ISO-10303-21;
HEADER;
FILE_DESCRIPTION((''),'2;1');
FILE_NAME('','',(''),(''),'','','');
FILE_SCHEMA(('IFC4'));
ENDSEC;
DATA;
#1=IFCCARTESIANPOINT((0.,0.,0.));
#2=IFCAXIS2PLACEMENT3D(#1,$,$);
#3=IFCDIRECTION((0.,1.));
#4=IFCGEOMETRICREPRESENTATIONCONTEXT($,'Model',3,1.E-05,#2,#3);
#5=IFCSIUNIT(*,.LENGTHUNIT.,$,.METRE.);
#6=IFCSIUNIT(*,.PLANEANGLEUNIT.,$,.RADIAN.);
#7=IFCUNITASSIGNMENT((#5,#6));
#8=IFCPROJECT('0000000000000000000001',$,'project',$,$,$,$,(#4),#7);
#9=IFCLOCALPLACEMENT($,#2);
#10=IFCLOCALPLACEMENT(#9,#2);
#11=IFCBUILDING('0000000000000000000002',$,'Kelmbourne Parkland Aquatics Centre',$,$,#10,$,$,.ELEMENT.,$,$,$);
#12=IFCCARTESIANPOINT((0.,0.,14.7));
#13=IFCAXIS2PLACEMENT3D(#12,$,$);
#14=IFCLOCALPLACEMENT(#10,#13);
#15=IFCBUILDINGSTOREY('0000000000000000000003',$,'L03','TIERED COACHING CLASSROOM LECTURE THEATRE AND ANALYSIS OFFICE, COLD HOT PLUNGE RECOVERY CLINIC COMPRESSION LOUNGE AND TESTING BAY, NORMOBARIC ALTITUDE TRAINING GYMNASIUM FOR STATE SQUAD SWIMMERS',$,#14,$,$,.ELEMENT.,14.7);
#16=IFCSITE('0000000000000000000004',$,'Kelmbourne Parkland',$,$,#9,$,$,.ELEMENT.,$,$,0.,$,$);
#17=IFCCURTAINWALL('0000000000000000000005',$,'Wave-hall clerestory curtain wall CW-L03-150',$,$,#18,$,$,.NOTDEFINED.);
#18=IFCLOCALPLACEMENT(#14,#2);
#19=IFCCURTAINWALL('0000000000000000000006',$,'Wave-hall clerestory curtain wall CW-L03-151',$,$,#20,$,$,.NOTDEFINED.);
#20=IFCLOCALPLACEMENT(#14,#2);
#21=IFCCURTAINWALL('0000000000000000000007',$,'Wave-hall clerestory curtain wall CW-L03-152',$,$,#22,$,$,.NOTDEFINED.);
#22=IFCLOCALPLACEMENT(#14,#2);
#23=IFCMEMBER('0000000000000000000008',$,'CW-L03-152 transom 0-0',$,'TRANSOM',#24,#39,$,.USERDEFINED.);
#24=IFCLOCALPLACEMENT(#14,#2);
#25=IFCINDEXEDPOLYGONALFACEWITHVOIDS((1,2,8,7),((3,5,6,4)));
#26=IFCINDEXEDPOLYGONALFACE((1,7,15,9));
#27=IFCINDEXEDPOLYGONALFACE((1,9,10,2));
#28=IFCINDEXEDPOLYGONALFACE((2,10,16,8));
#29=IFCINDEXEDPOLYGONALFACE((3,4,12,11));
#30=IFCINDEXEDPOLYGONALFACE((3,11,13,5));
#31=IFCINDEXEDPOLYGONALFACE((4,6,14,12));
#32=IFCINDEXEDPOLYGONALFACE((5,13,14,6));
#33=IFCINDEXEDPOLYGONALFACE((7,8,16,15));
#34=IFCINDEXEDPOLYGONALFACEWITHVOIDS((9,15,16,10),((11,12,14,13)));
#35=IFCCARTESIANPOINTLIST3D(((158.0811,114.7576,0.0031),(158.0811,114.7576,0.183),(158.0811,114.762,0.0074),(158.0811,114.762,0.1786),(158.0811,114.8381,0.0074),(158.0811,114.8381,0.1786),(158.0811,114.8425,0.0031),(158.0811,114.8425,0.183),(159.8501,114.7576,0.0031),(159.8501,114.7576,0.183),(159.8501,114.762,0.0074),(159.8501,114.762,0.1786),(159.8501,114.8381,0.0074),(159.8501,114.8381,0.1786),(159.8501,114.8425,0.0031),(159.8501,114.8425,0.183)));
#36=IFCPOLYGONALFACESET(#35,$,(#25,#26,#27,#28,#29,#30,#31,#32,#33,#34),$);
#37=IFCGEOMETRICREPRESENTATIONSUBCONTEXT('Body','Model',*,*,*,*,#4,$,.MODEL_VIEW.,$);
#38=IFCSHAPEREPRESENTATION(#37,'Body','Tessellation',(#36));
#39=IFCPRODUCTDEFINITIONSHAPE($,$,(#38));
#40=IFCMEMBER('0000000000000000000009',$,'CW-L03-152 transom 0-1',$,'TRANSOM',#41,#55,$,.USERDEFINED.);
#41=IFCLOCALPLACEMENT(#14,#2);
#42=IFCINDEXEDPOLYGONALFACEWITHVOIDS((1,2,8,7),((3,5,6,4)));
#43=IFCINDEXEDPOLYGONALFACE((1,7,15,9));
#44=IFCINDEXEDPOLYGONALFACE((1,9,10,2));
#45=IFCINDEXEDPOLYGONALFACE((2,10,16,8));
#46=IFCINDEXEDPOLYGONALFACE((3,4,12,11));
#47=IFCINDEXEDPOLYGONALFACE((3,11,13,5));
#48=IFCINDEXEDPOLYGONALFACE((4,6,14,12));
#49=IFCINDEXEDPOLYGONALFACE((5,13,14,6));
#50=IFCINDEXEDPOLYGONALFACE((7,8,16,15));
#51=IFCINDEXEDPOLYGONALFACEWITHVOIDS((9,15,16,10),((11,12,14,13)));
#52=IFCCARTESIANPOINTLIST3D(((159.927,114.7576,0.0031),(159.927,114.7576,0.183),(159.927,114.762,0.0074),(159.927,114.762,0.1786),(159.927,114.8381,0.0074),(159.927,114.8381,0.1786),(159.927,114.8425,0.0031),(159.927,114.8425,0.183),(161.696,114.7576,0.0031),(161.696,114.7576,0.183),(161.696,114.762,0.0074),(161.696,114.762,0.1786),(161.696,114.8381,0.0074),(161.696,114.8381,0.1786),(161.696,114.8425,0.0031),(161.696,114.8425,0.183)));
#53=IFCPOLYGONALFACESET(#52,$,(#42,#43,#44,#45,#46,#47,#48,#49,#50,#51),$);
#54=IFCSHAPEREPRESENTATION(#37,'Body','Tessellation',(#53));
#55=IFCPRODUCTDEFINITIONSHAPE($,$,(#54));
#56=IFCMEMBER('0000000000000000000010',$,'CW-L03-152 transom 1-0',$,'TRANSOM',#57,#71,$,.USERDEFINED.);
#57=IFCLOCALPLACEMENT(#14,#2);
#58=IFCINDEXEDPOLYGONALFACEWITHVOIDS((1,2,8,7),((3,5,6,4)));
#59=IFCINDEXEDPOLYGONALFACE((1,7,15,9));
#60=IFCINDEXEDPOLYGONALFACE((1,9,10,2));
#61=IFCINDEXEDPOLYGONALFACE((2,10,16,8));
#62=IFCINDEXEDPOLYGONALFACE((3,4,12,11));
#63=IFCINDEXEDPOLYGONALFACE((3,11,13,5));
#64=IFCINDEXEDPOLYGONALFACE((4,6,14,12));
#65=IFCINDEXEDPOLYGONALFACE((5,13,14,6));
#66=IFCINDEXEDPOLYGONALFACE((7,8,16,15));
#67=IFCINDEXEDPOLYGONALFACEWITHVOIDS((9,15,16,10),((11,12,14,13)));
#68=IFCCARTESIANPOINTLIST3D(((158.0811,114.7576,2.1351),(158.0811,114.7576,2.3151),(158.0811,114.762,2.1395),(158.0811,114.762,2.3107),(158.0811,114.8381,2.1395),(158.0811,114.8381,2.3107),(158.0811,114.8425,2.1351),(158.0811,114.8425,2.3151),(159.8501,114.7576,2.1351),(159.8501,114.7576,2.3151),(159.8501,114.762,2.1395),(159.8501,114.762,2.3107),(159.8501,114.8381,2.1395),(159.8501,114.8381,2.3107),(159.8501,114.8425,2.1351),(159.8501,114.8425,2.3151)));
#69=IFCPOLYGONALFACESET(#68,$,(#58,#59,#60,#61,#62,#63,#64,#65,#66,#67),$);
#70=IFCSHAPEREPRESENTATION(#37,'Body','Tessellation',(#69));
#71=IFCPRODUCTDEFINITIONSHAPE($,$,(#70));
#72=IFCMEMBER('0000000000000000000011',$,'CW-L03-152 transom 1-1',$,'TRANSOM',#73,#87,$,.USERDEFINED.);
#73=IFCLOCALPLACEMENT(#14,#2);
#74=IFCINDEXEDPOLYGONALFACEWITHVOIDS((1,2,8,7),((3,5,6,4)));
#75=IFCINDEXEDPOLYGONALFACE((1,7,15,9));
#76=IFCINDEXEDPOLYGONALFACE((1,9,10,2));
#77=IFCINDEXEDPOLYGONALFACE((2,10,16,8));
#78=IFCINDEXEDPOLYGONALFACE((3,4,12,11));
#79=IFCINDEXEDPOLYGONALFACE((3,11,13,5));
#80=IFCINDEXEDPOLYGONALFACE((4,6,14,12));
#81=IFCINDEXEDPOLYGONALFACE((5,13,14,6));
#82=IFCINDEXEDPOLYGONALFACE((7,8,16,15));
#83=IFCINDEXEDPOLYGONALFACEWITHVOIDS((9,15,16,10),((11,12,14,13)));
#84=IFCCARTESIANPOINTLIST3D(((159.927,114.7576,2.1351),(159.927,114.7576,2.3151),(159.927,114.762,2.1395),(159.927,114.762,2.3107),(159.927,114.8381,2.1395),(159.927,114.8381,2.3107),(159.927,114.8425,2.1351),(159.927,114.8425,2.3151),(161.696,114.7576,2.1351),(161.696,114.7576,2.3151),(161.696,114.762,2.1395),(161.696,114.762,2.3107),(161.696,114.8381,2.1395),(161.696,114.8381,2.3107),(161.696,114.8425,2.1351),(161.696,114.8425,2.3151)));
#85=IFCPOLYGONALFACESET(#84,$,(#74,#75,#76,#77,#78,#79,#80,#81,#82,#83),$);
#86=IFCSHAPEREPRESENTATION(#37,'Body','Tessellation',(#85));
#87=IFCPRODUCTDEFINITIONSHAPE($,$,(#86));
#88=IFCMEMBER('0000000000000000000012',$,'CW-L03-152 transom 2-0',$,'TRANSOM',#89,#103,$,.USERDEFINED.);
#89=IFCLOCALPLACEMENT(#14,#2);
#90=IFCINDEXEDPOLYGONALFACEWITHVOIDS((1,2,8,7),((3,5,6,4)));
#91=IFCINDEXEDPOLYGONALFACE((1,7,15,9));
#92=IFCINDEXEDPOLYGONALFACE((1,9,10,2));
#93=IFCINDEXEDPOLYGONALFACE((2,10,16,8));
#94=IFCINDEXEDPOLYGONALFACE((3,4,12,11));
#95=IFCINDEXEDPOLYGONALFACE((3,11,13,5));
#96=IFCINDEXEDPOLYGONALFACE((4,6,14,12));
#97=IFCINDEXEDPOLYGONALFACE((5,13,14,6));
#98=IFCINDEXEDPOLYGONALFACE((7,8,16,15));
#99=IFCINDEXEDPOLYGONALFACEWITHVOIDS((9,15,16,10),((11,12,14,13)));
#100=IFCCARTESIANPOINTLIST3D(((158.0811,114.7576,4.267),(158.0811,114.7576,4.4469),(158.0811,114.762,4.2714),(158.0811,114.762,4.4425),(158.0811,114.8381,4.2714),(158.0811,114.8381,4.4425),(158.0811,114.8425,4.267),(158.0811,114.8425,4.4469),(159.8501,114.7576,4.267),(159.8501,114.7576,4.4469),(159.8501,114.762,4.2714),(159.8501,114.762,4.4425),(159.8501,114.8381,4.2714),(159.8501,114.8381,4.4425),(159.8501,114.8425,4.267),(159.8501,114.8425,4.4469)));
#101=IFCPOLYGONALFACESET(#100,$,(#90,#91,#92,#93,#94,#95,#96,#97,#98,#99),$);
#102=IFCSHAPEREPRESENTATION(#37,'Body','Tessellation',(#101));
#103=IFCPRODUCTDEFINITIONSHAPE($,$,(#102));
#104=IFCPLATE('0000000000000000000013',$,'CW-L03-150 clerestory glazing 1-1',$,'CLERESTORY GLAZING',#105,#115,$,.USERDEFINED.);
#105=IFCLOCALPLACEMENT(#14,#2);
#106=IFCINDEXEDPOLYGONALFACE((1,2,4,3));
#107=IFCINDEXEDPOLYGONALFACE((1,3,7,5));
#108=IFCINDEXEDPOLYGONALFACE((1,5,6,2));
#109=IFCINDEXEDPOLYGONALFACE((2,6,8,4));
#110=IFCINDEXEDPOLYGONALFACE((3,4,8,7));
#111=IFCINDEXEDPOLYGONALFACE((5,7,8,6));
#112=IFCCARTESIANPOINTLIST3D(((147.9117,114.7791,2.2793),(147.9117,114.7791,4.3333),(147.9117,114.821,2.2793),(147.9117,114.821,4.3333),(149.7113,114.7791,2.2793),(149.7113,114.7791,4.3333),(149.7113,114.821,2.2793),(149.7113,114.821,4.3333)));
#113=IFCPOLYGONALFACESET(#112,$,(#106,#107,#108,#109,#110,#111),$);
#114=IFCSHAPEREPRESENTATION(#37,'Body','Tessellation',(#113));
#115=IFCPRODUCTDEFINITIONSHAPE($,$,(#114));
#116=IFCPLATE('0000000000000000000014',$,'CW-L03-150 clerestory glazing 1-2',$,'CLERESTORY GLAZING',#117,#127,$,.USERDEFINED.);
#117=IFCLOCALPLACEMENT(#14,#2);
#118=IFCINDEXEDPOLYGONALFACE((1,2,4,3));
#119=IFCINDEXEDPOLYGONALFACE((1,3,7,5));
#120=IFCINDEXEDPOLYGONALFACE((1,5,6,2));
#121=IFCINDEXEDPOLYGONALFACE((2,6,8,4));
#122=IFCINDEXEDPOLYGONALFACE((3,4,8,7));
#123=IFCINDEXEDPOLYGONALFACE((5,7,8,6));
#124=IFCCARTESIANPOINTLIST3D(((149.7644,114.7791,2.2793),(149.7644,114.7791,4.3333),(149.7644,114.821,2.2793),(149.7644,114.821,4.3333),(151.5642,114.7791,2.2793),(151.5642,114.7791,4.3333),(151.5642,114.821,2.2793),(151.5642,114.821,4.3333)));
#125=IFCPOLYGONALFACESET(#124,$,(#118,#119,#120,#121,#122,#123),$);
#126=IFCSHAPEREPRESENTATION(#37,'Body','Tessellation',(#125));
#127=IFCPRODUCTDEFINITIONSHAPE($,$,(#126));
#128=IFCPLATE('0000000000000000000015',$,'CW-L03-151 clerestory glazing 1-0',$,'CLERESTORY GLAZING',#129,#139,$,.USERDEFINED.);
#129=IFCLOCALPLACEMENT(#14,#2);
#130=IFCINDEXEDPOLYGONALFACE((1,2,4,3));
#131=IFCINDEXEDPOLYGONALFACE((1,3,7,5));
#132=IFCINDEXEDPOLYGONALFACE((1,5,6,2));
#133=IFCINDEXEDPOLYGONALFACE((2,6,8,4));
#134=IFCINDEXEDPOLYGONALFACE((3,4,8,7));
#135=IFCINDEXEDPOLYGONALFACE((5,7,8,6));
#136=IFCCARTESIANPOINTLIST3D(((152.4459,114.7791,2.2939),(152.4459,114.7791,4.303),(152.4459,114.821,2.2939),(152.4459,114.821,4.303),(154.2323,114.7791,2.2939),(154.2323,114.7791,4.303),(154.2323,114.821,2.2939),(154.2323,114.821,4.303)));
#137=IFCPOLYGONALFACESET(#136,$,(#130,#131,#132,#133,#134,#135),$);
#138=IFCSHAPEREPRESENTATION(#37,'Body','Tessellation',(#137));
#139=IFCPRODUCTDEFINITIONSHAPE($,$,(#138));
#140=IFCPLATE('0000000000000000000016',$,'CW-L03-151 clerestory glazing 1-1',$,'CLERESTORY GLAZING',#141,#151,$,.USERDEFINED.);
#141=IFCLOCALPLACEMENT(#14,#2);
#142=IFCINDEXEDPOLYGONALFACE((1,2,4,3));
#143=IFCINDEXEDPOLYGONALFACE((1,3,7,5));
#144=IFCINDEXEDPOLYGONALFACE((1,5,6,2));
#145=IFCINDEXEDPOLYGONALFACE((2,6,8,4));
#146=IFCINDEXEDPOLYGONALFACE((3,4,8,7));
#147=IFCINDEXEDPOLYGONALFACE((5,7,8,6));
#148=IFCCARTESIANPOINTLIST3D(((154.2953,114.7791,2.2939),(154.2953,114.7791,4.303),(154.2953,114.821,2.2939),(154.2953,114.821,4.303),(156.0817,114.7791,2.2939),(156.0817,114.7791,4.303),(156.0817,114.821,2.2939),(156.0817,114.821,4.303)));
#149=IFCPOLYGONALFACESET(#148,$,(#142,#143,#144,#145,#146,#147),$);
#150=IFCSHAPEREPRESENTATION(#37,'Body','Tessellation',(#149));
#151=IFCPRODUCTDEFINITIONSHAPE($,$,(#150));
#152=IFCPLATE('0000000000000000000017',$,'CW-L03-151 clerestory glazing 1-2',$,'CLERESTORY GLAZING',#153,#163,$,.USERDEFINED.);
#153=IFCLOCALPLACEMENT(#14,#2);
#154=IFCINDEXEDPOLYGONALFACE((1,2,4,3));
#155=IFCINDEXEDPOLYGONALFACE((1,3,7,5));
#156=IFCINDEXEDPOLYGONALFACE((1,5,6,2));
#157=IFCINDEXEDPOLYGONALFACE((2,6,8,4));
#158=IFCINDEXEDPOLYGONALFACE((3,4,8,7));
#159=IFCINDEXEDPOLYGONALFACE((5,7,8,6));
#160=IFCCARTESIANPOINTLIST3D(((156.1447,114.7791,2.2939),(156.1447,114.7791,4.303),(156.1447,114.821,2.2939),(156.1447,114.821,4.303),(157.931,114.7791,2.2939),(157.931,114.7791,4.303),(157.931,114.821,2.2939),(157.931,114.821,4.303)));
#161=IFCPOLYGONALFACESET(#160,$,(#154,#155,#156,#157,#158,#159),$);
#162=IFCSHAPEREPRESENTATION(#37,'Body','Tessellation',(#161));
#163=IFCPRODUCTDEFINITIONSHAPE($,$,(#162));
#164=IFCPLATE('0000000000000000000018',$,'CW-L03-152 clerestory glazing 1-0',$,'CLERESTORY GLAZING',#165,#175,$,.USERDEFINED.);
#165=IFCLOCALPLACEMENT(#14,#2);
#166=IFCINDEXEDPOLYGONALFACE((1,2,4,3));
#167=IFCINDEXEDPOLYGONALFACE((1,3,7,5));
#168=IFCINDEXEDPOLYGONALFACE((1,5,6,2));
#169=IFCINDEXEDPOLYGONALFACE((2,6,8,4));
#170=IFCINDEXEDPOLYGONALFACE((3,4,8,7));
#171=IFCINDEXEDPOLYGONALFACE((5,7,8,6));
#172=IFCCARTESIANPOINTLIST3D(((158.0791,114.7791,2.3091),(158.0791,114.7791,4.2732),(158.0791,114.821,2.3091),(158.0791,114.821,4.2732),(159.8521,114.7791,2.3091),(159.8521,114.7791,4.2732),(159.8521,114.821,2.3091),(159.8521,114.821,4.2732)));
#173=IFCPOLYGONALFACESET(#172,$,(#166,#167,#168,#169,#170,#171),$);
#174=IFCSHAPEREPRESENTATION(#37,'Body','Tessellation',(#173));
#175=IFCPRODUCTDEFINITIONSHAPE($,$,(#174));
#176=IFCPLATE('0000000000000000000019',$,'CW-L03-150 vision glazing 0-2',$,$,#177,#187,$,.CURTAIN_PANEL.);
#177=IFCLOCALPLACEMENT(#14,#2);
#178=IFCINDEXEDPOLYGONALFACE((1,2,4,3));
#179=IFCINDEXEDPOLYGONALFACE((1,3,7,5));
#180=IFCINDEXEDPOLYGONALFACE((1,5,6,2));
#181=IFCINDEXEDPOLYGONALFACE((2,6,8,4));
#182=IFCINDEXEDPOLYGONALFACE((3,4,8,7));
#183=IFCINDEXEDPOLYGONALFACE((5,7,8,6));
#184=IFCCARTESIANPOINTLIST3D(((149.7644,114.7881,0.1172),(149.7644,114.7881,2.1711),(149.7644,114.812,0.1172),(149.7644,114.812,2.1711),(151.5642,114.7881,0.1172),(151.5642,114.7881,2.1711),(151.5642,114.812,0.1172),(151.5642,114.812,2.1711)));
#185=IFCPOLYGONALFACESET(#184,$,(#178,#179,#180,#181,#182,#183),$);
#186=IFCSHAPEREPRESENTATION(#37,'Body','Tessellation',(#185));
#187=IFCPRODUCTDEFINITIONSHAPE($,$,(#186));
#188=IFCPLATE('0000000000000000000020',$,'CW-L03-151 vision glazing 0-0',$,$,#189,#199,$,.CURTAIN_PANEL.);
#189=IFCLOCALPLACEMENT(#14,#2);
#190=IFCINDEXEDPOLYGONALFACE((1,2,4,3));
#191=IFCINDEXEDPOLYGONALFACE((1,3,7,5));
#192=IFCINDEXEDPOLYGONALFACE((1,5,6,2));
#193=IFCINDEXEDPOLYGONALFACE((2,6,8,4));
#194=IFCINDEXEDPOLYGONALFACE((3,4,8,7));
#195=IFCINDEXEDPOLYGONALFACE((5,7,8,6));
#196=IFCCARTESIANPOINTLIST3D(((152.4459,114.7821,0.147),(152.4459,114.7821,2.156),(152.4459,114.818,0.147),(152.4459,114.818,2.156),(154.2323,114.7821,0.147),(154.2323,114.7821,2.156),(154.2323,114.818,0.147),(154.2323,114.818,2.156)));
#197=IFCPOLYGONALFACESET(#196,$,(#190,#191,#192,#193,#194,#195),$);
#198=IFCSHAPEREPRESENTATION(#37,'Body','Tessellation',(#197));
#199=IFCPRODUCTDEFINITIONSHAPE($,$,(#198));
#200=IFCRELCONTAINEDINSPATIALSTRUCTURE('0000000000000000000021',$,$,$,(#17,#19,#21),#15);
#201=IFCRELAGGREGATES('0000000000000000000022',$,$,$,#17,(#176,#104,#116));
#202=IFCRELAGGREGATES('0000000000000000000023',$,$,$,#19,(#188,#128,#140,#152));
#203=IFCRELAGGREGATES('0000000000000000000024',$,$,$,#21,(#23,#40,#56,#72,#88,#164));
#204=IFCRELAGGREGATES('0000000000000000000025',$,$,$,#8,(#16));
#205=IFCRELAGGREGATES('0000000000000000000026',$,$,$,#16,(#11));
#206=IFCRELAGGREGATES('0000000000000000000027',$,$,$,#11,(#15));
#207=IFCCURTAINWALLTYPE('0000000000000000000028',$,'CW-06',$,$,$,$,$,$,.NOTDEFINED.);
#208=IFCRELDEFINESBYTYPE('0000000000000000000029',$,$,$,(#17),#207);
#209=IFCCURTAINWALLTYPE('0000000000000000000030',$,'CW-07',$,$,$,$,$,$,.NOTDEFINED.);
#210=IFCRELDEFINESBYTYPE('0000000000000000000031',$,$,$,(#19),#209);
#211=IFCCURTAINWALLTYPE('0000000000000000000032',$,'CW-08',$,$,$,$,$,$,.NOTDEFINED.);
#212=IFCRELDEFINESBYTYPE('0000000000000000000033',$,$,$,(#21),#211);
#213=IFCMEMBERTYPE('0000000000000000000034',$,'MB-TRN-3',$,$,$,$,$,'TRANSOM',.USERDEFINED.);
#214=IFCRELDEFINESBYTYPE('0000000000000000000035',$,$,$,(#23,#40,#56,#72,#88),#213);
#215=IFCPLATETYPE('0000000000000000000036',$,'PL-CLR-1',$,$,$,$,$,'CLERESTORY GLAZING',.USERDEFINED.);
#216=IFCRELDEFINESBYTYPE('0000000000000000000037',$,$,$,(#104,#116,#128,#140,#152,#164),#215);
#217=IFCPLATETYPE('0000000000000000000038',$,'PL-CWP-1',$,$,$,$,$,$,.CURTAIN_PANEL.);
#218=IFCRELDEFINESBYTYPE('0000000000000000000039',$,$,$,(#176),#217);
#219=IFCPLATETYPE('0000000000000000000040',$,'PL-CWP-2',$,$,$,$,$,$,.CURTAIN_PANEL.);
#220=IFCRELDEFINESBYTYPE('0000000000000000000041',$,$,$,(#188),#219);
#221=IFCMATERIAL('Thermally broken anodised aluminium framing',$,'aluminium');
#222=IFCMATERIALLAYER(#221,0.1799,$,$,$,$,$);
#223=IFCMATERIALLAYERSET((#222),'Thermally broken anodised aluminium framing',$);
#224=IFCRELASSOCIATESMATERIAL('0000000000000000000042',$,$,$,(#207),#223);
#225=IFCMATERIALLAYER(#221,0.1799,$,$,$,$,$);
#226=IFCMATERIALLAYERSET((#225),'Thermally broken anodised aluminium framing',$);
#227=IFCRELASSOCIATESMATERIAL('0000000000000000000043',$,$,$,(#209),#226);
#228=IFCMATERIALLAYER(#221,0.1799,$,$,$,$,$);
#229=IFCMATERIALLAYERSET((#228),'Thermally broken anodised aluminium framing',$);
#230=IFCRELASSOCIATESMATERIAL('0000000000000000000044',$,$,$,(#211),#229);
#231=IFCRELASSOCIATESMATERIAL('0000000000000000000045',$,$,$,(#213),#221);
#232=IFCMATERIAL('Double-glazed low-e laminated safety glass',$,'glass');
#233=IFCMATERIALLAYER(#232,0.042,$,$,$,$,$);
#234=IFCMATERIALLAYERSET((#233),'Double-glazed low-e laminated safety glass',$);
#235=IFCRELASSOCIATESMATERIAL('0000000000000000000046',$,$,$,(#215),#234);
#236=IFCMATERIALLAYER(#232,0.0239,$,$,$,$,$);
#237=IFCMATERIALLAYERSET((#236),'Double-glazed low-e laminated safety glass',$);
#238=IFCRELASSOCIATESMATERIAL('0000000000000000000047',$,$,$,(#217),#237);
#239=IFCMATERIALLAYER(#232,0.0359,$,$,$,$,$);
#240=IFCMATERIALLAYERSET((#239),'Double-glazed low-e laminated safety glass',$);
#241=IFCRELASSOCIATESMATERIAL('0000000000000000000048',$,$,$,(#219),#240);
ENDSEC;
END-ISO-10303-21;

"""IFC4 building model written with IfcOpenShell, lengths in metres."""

from ifc_helpers import new_model, si_unit, direction, frame, origin, origin_2d, place, context, subcontext, project, spatial, rectangle, hollow_rectangle, extrude, material, layer, layer_set, material_profile, profile_set, type_object, element, aggregate, save


model = new_model("IFC4")

# Units and contexts
model_context = context("Model", 3, precision=1e-05, world=origin(), true_north=direction((0.0, 1.0)))
body_context = subcontext(model_context, "Body", "Model", "MODEL_VIEW")
ifc_project = project(units=[si_unit("LENGTHUNIT", "METRE"), si_unit("PLANEANGLEUNIT", "RADIAN")], contexts=[model_context])

# Site, building, storey
site_placement = place(None, origin())
site = spatial("IfcSite", under=ifc_project, at=site_placement, Name="Kelmbourne Parkland", CompositionType="ELEMENT", RefElevation=0.0)
building_placement = place(site_placement, origin())
building = spatial("IfcBuilding", under=site, at=building_placement, Name="Kelmbourne Parkland Aquatics Centre", CompositionType="ELEMENT")
storey_placement = place(building_placement, frame((0.0, 0.0, 14.7)))
storey = spatial("IfcBuildingStorey", under=building, at=storey_placement, Name="L03", Description="TIERED COACHING CLASSROOM LECTURE THEATRE AND ANALYSIS OFFICE, COLD HOT PLUNGE RECOVERY CLINIC COMPRESSION LOUNGE AND TESTING BAY, NORMOBARIC ALTITUDE TRAINING GYMNASIUM FOR STATE SQUAD SWIMMERS", CompositionType="ELEMENT", Elevation=14.7)

# Curtain walls
ifc_material_1 = material(Name="Thermally broken anodised aluminium framing", Category="aluminium")
ifc_layer_1 = layer(ifc_material_1, 0.1799)
ifc_layer_set_1 = layer_set([ifc_layer_1], Name="Thermally broken anodised aluminium framing")
curtain_wall_type_1 = type_object("IfcCurtainWallType", Name="CW-06", PredefinedType="NOTDEFINED", material=ifc_layer_set_1)
curtain_wall_1_placement = place(storey_placement, origin())
curtain_wall_1 = element("IfcCurtainWall", 1, at=curtain_wall_1_placement, inside=storey, type_object=curtain_wall_type_1, Name="Wave-hall clerestory curtain wall CW-L03-150", PredefinedType="NOTDEFINED")
ifc_layer_2 = layer(ifc_material_1, 0.1799)
ifc_layer_set_2 = layer_set([ifc_layer_2], Name="Thermally broken anodised aluminium framing")
curtain_wall_type_2 = type_object("IfcCurtainWallType", Name="CW-07", PredefinedType="NOTDEFINED", material=ifc_layer_set_2)
curtain_wall_2_placement = place(storey_placement, origin())
curtain_wall_2 = element("IfcCurtainWall", 2, at=curtain_wall_2_placement, inside=storey, type_object=curtain_wall_type_2, Name="Wave-hall clerestory curtain wall CW-L03-151", PredefinedType="NOTDEFINED")
ifc_layer_3 = layer(ifc_material_1, 0.1799)
ifc_layer_set_3 = layer_set([ifc_layer_3], Name="Thermally broken anodised aluminium framing")
curtain_wall_type_3 = type_object("IfcCurtainWallType", Name="CW-08", PredefinedType="NOTDEFINED", material=ifc_layer_set_3)
curtain_wall_3_placement = place(storey_placement, origin())
curtain_wall_3 = element("IfcCurtainWall", 3, at=curtain_wall_3_placement, inside=storey, type_object=curtain_wall_type_3, Name="Wave-hall clerestory curtain wall CW-L03-152", PredefinedType="NOTDEFINED")

# Members
ifc_material_profile_1 = material_profile(ifc_material_1, hollow_rectangle(XDim=0.085, YDim=0.1799, WallThickness=0.0044, at=origin_2d()), Name="CW-T 85x180")
ifc_profile_set_1 = profile_set([ifc_material_profile_1], Name="Thermally broken anodised aluminium framing")
member_type_1 = type_object("IfcMemberType", Name="MB-TRN-3", ElementType="TRANSOM", PredefinedType="USERDEFINED", material=ifc_profile_set_1)
member_1_placement = place(storey_placement, frame((158.0811, 114.8, 0.093), z_axis=(1.0, 0.0, 0.0), x_axis=(0.0, 1.0, 0.0)))
member_1 = element("IfcMember", 4, at=member_1_placement, type_object=member_type_1, Name="CW-L03-152 transom 0-0", ObjectType="TRANSOM", PredefinedType="USERDEFINED", context=body_context, shape_type="SweptSolid", body=[
    extrude(hollow_rectangle(XDim=0.085, YDim=0.1799, WallThickness=0.0044, at=origin_2d()), origin(), (0.0, 0.0, 1.0), 1.769),
])
member_2_placement = place(storey_placement, frame((159.927, 114.8, 0.093), z_axis=(1.0, 0.0, 0.0), x_axis=(0.0, 1.0, 0.0)))
member_2 = element("IfcMember", 5, at=member_2_placement, type_object=member_type_1, Name="CW-L03-152 transom 0-1", ObjectType="TRANSOM", PredefinedType="USERDEFINED", context=body_context, shape_type="SweptSolid", body=[
    extrude(hollow_rectangle(XDim=0.085, YDim=0.1799, WallThickness=0.0044, at=origin_2d()), origin(), (0.0, 0.0, 1.0), 1.769),
])
member_3_placement = place(storey_placement, frame((158.0811, 114.8, 2.2251), z_axis=(1.0, 0.0, 0.0), x_axis=(0.0, 1.0, 0.0)))
member_3 = element("IfcMember", 6, at=member_3_placement, type_object=member_type_1, Name="CW-L03-152 transom 1-0", ObjectType="TRANSOM", PredefinedType="USERDEFINED", context=body_context, shape_type="SweptSolid", body=[
    extrude(hollow_rectangle(XDim=0.085, YDim=0.1799, WallThickness=0.0044, at=origin_2d()), origin(), (0.0, 0.0, 1.0), 1.769),
])
member_4_placement = place(storey_placement, frame((159.927, 114.8, 2.2251), z_axis=(1.0, 0.0, 0.0), x_axis=(0.0, 1.0, 0.0)))
member_4 = element("IfcMember", 7, at=member_4_placement, type_object=member_type_1, Name="CW-L03-152 transom 1-1", ObjectType="TRANSOM", PredefinedType="USERDEFINED", context=body_context, shape_type="SweptSolid", body=[
    extrude(hollow_rectangle(XDim=0.085, YDim=0.1799, WallThickness=0.0044, at=origin_2d()), origin(), (0.0, 0.0, 1.0), 1.769),
])
member_5_placement = place(storey_placement, frame((158.0811, 114.8, 4.3569), z_axis=(1.0, 0.0, 0.0), x_axis=(0.0, 1.0, 0.0)))
member_5 = element("IfcMember", 8, at=member_5_placement, type_object=member_type_1, Name="CW-L03-152 transom 2-0", ObjectType="TRANSOM", PredefinedType="USERDEFINED", context=body_context, shape_type="SweptSolid", body=[
    extrude(hollow_rectangle(XDim=0.085, YDim=0.1799, WallThickness=0.0044, at=origin_2d()), origin(), (0.0, 0.0, 1.0), 1.769),
])

# Plates
ifc_material_2 = material(Name="Double-glazed low-e laminated safety glass", Category="glass")
ifc_layer_4 = layer(ifc_material_2, 0.042)
ifc_layer_set_4 = layer_set([ifc_layer_4], Name="Double-glazed low-e laminated safety glass")
plate_type_1 = type_object("IfcPlateType", Name="PL-CLR-1", ElementType="CLERESTORY GLAZING", PredefinedType="USERDEFINED", material=ifc_layer_set_4)
plate_1_placement = place(storey_placement, frame((148.8115, 114.8, 2.2793), z_axis=(0.0, 0.0, 1.0), x_axis=(1.0, 0.0, 0.0)))
plate_1 = element("IfcPlate", 9, at=plate_1_placement, type_object=plate_type_1, Name="CW-L03-150 clerestory glazing 1-1", ObjectType="CLERESTORY GLAZING", PredefinedType="USERDEFINED", context=body_context, shape_type="SweptSolid", body=[
    extrude(rectangle(XDim=1.7996, YDim=0.042, at=origin_2d()), origin(), (0.0, 0.0, 1.0), 2.054),
])
plate_2_placement = place(storey_placement, frame((150.6643, 114.8, 2.2793), z_axis=(0.0, 0.0, 1.0), x_axis=(1.0, 0.0, 0.0)))
plate_2 = element("IfcPlate", 10, at=plate_2_placement, type_object=plate_type_1, Name="CW-L03-150 clerestory glazing 1-2", ObjectType="CLERESTORY GLAZING", PredefinedType="USERDEFINED", context=body_context, shape_type="SweptSolid", body=[
    extrude(rectangle(XDim=1.7998, YDim=0.042, at=origin_2d()), origin(), (0.0, 0.0, 1.0), 2.054),
])
plate_3_placement = place(storey_placement, frame((153.3391, 114.8, 2.2939), z_axis=(0.0, 0.0, 1.0), x_axis=(1.0, 0.0, 0.0)))
plate_3 = element("IfcPlate", 11, at=plate_3_placement, type_object=plate_type_1, Name="CW-L03-151 clerestory glazing 1-0", ObjectType="CLERESTORY GLAZING", PredefinedType="USERDEFINED", context=body_context, shape_type="SweptSolid", body=[
    extrude(rectangle(XDim=1.7864, YDim=0.042, at=origin_2d()), origin(), (0.0, 0.0, 1.0), 2.009),
])
plate_4_placement = place(storey_placement, frame((155.1885, 114.8, 2.2939), z_axis=(0.0, 0.0, 1.0), x_axis=(1.0, 0.0, 0.0)))
plate_4 = element("IfcPlate", 12, at=plate_4_placement, type_object=plate_type_1, Name="CW-L03-151 clerestory glazing 1-1", ObjectType="CLERESTORY GLAZING", PredefinedType="USERDEFINED", context=body_context, shape_type="SweptSolid", body=[
    extrude(rectangle(XDim=1.7864, YDim=0.042, at=origin_2d()), origin(), (0.0, 0.0, 1.0), 2.009),
])
plate_5_placement = place(storey_placement, frame((157.0378, 114.8, 2.2939), z_axis=(0.0, 0.0, 1.0), x_axis=(1.0, 0.0, 0.0)))
plate_5 = element("IfcPlate", 13, at=plate_5_placement, type_object=plate_type_1, Name="CW-L03-151 clerestory glazing 1-2", ObjectType="CLERESTORY GLAZING", PredefinedType="USERDEFINED", context=body_context, shape_type="SweptSolid", body=[
    extrude(rectangle(XDim=1.7864, YDim=0.042, at=origin_2d()), origin(), (0.0, 0.0, 1.0), 2.009),
])
plate_6_placement = place(storey_placement, frame((158.9656, 114.8, 2.3091), z_axis=(0.0, 0.0, 1.0), x_axis=(1.0, 0.0, 0.0)))
plate_6 = element("IfcPlate", 14, at=plate_6_placement, type_object=plate_type_1, Name="CW-L03-152 clerestory glazing 1-0", ObjectType="CLERESTORY GLAZING", PredefinedType="USERDEFINED", context=body_context, shape_type="SweptSolid", body=[
    extrude(rectangle(XDim=1.7729, YDim=0.042, at=origin_2d()), origin(), (0.0, 0.0, 1.0), 1.9641),
])
ifc_layer_5 = layer(ifc_material_2, 0.0239)
ifc_layer_set_5 = layer_set([ifc_layer_5], Name="Double-glazed low-e laminated safety glass")
plate_type_2 = type_object("IfcPlateType", Name="PL-CWP-1", PredefinedType="CURTAIN_PANEL", material=ifc_layer_set_5)
plate_7_placement = place(storey_placement, frame((150.6643, 114.8, 0.1172), z_axis=(0.0, 0.0, 1.0), x_axis=(1.0, 0.0, 0.0)))
plate_7 = element("IfcPlate", 15, at=plate_7_placement, type_object=plate_type_2, Name="CW-L03-150 vision glazing 0-2", PredefinedType="CURTAIN_PANEL", context=body_context, shape_type="SweptSolid", body=[
    extrude(rectangle(XDim=1.7998, YDim=0.0239, at=origin_2d()), origin(), (0.0, 0.0, 1.0), 2.054),
])
aggregate(curtain_wall_1, [plate_7, plate_1, plate_2])
ifc_layer_6 = layer(ifc_material_2, 0.0359)
ifc_layer_set_6 = layer_set([ifc_layer_6], Name="Double-glazed low-e laminated safety glass")
plate_type_3 = type_object("IfcPlateType", Name="PL-CWP-2", PredefinedType="CURTAIN_PANEL", material=ifc_layer_set_6)
plate_8_placement = place(storey_placement, frame((153.3391, 114.8, 0.147), z_axis=(0.0, 0.0, 1.0), x_axis=(1.0, 0.0, 0.0)))
plate_8 = element("IfcPlate", 16, at=plate_8_placement, type_object=plate_type_3, Name="CW-L03-151 vision glazing 0-0", PredefinedType="CURTAIN_PANEL", context=body_context, shape_type="SweptSolid", body=[
    extrude(rectangle(XDim=1.7864, YDim=0.0359, at=origin_2d()), origin(), (0.0, 0.0, 1.0), 2.009),
])
aggregate(curtain_wall_2, [plate_8, plate_3, plate_4, plate_5])
aggregate(curtain_wall_3, [member_1, member_2, member_3, member_4, member_5, plate_6])

save(model, "model.ifc")
